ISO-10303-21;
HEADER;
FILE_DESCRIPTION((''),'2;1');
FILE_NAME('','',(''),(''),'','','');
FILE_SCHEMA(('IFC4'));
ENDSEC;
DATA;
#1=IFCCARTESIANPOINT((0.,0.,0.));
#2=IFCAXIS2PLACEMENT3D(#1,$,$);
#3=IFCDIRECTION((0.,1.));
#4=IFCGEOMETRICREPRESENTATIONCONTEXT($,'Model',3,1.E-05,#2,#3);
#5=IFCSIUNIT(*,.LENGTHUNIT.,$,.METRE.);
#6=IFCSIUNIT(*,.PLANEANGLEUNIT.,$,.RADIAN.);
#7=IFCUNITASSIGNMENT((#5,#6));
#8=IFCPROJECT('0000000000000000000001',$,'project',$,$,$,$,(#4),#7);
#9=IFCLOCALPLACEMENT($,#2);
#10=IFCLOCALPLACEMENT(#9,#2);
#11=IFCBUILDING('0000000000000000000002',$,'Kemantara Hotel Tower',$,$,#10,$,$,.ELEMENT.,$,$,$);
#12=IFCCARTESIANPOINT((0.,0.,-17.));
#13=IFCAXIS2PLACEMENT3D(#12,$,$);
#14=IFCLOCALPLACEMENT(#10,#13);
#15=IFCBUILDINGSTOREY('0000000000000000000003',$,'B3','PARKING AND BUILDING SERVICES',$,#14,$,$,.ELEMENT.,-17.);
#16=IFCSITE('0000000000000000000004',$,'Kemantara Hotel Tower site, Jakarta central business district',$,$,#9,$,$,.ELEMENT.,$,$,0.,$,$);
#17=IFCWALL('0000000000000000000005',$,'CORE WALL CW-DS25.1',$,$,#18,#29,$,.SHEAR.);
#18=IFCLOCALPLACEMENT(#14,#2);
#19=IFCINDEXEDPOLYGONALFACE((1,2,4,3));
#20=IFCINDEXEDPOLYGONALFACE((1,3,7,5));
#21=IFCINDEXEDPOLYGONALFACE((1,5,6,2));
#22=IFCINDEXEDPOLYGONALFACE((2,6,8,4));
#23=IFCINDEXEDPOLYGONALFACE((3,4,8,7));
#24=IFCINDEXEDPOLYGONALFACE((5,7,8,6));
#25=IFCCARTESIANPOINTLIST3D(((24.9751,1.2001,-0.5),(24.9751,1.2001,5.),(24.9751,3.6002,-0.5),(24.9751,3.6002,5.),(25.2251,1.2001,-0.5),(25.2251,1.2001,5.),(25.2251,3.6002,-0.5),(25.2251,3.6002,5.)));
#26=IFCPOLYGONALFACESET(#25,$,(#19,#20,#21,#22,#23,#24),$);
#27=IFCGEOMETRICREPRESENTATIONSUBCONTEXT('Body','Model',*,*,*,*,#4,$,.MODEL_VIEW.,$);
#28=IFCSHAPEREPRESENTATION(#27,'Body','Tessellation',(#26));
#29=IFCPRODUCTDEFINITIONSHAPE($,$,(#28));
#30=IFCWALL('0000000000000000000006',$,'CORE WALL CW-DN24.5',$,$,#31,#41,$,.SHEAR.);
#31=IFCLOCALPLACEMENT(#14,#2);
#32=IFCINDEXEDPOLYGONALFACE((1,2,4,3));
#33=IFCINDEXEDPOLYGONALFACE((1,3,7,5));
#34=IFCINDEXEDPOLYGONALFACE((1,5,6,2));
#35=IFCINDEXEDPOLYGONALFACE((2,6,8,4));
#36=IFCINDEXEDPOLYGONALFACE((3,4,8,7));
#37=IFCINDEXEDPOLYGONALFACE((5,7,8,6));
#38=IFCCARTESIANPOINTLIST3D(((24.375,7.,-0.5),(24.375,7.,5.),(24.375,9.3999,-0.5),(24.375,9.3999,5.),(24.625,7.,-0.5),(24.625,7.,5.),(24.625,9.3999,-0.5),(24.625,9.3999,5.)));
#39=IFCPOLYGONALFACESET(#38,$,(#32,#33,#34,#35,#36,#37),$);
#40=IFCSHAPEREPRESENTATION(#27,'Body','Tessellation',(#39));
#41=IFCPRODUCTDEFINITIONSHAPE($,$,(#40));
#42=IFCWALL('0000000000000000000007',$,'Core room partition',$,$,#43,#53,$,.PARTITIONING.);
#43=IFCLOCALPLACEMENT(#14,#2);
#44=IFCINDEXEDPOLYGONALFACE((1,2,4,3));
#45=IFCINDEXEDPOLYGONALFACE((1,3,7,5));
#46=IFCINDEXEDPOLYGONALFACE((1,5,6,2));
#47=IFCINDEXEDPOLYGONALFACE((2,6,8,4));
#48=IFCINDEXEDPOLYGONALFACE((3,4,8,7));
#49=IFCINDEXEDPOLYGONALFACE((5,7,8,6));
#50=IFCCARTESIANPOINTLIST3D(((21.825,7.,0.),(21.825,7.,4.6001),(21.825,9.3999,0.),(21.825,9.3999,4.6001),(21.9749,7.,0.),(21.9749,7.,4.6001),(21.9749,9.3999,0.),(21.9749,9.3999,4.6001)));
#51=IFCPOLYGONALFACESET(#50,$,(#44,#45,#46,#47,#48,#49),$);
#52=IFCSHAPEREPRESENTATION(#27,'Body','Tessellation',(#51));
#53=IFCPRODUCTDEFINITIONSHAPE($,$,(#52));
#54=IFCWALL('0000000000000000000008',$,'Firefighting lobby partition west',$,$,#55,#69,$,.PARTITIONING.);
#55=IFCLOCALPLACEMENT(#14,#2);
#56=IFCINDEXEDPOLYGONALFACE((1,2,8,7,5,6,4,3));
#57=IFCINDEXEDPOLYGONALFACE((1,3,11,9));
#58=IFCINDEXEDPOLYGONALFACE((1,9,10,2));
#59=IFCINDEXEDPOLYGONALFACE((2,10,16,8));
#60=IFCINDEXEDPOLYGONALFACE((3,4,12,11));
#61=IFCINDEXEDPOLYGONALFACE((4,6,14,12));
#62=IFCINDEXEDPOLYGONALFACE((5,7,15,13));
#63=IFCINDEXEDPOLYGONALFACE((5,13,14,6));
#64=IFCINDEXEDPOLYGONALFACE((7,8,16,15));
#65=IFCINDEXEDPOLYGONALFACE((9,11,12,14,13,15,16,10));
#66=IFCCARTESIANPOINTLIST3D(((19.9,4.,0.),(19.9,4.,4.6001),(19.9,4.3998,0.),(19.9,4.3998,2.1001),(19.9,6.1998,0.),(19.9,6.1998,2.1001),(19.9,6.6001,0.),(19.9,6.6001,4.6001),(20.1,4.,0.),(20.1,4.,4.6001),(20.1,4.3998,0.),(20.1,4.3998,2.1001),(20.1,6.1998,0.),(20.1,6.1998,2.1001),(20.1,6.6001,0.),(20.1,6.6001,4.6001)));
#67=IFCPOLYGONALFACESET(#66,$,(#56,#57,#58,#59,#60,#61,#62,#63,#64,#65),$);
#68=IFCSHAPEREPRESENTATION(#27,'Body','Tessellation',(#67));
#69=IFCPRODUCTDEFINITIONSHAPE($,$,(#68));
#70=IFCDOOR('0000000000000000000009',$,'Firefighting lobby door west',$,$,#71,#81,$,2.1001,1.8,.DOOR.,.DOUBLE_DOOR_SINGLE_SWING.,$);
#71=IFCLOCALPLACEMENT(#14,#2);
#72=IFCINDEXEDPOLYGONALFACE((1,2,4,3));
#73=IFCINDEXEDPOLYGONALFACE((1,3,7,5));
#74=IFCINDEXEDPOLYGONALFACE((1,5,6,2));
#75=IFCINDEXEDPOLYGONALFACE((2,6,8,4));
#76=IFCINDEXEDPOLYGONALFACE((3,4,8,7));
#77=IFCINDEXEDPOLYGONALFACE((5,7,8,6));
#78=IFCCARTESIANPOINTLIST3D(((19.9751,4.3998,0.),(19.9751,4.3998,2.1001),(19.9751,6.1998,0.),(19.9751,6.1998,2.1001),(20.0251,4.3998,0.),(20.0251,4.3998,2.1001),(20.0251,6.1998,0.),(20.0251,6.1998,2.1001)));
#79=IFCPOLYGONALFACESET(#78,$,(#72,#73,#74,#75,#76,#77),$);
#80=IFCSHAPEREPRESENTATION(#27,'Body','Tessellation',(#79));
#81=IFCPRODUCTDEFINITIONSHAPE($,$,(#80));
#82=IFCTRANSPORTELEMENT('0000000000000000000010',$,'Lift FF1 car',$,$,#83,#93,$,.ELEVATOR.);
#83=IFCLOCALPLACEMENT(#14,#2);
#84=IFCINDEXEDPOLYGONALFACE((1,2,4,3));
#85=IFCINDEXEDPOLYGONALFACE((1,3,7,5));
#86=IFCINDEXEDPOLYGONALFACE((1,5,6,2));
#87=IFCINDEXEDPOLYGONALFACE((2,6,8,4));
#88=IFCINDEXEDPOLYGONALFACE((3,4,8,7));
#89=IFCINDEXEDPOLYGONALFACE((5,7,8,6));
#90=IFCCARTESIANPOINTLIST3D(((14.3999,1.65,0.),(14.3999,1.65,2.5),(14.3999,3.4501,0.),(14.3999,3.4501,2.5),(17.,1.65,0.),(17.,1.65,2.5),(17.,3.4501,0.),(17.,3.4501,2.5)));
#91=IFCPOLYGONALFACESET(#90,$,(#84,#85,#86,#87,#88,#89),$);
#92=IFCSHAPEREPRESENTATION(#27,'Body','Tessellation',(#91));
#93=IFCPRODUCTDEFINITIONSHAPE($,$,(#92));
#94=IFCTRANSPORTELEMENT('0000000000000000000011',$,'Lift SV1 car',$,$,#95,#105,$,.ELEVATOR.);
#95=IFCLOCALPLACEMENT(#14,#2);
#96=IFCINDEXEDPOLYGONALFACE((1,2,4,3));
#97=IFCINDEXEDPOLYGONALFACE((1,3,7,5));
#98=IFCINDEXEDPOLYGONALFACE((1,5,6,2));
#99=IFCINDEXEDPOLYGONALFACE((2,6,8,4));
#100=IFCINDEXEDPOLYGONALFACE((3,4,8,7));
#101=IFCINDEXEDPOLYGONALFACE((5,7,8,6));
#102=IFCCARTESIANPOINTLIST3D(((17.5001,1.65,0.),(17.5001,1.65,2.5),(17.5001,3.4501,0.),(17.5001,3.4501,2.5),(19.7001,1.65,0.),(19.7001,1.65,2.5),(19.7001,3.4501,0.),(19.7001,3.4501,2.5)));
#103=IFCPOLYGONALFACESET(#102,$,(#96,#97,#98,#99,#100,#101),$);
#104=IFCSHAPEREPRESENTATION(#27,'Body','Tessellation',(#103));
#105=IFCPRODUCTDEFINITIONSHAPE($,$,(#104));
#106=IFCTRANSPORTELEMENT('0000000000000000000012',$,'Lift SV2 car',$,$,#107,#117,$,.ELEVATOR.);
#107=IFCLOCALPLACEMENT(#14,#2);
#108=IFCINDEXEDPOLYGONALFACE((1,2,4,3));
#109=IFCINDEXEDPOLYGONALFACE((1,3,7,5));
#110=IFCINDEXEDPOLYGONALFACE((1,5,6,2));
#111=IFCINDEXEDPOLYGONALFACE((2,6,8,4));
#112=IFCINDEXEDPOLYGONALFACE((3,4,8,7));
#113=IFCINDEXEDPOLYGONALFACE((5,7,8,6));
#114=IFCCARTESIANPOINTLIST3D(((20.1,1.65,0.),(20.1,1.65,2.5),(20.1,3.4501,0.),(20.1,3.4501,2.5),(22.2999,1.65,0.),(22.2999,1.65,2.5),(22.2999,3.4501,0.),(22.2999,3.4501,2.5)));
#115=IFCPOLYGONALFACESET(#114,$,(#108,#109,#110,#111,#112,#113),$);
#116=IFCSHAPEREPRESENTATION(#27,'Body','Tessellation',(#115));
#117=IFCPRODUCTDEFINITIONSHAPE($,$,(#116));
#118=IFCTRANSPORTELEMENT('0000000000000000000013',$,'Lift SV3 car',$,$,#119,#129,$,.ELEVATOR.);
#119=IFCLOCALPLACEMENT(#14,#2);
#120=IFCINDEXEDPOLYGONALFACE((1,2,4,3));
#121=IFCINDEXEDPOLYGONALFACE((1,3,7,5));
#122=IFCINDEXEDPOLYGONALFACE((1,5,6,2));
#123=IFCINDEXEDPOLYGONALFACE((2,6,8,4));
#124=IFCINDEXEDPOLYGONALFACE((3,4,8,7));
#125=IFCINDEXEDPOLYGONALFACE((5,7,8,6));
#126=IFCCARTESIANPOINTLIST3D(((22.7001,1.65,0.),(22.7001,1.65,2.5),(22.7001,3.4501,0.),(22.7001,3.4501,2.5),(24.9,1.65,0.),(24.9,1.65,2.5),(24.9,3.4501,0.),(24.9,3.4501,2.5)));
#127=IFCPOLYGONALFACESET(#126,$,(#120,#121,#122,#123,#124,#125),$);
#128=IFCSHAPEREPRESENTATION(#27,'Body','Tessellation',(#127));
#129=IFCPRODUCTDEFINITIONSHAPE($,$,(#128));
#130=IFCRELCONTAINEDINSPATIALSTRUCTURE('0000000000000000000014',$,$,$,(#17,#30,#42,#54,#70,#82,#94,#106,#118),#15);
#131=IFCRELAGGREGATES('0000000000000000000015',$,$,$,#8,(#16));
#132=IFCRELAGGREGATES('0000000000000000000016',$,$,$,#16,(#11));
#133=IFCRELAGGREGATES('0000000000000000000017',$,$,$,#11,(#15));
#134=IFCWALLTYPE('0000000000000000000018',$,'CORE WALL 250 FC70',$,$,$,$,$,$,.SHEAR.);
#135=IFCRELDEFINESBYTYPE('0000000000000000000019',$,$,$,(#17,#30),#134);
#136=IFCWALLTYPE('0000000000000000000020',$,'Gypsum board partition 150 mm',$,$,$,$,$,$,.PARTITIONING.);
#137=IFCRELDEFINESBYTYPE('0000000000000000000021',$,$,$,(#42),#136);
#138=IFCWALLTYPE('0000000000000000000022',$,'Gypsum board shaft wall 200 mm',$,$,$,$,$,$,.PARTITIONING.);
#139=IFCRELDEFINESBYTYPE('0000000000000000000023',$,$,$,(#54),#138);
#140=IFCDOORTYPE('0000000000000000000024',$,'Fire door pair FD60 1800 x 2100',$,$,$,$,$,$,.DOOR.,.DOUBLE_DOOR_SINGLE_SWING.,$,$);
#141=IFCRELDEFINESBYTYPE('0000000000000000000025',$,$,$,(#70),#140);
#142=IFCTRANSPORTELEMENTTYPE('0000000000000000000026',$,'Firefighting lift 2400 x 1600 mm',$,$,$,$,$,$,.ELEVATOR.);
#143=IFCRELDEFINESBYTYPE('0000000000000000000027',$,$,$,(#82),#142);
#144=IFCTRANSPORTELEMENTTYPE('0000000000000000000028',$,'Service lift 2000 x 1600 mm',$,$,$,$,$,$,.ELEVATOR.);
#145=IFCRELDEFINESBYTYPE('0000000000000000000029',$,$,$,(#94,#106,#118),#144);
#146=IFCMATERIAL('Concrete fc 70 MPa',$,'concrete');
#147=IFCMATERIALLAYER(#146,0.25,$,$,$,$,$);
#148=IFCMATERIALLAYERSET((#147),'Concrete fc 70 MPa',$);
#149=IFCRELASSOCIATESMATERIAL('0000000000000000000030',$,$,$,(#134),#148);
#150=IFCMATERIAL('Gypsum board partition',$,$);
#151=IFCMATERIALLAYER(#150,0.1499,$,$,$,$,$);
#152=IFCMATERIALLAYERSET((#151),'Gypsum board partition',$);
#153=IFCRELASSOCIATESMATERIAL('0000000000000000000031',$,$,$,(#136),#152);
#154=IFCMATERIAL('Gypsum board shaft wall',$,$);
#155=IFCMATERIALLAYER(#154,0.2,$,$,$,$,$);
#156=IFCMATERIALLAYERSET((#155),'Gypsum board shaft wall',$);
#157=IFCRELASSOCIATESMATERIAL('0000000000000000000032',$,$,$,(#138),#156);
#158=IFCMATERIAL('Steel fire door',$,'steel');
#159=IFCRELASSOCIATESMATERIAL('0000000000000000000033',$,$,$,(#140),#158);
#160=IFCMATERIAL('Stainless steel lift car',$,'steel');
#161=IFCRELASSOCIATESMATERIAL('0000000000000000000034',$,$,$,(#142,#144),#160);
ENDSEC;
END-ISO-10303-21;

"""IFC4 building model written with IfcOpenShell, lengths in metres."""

from ifc_helpers import new_model, si_unit, direction, frame, frame_2d, origin, origin_2d, place, context, subcontext, project, spatial, rectangle, extrude, material, layer, layer_set, type_object, element, fill, save


model = new_model("IFC4")

# Units and contexts
model_context = context("Model", 3, precision=1e-05, world=origin(), true_north=direction((0.0, 1.0)))
body_context = subcontext(model_context, "Body", "Model", "MODEL_VIEW")
ifc_project = project(units=[si_unit("LENGTHUNIT", "METRE"), si_unit("PLANEANGLEUNIT", "RADIAN")], contexts=[model_context])

# Site, building, storey
site_placement = place(None, origin())
site = spatial("IfcSite", under=ifc_project, at=site_placement, Name="Kemantara Hotel Tower site, Jakarta central business district", CompositionType="ELEMENT", RefElevation=0.0)
building_placement = place(site_placement, origin())
building = spatial("IfcBuilding", under=site, at=building_placement, Name="Kemantara Hotel Tower", CompositionType="ELEMENT")
storey_placement = place(building_placement, frame((0.0, 0.0, -17.0)))
storey = spatial("IfcBuildingStorey", under=building, at=storey_placement, Name="B3", Description="PARKING AND BUILDING SERVICES", CompositionType="ELEMENT", Elevation=-17.0)

# Walls
ifc_material_1 = material(Name="Concrete fc 70 MPa", Category="concrete")
ifc_layer_1 = layer(ifc_material_1, 0.25)
ifc_layer_set_1 = layer_set([ifc_layer_1], Name="Concrete fc 70 MPa")
wall_type_1 = type_object("IfcWallType", Name="CORE WALL 250 FC70", PredefinedType="SHEAR", material=ifc_layer_set_1)
for number, where, z_axis, x_axis, name in (
    (1, (25.1001, 1.2, -0.5), (0.0, 0.0, 1.0), (0.0, 1.0, 0.0), "CORE WALL CW-DS25.1"),
):
    element("IfcWall", number, at=place(storey_placement, frame(where, z_axis=z_axis, x_axis=x_axis)), inside=storey, type_object=wall_type_1, Name=name, PredefinedType="SHEAR", context=body_context, shape_type="SweptSolid", body=[
        extrude(rectangle(XDim=2.4001, YDim=0.25, at=frame_2d((1.2002, 0.0))), origin(), (0.0, 0.0, 1.0), 5.5),
    ])
wall_1_placement = place(storey_placement, frame((24.5, 7.0, -0.5), z_axis=(0.0, 0.0, 1.0), x_axis=(0.0, 1.0, 0.0)))
element("IfcWall", 2, at=wall_1_placement, inside=storey, type_object=wall_type_1, Name="CORE WALL CW-DN24.5", PredefinedType="SHEAR", context=body_context, shape_type="SweptSolid", body=[
    extrude(rectangle(XDim=2.3999, YDim=0.25, at=frame_2d((1.2, 0.0))), origin(), (0.0, 0.0, 1.0), 5.5),
])
ifc_material_2 = material(Name="Gypsum board partition")
ifc_layer_2 = layer(ifc_material_2, 0.1499)
ifc_layer_set_2 = layer_set([ifc_layer_2], Name="Gypsum board partition")
wall_type_2 = type_object("IfcWallType", Name="Gypsum board partition 150 mm", PredefinedType="PARTITIONING", material=ifc_layer_set_2)
wall_2_placement = place(storey_placement, frame((21.8999, 7.0, 0.0), z_axis=(0.0, 0.0, 1.0), x_axis=(0.0, 1.0, 0.0)))
element("IfcWall", 3, at=wall_2_placement, inside=storey, type_object=wall_type_2, Name="Core room partition", PredefinedType="PARTITIONING", context=body_context, shape_type="SweptSolid", body=[
    extrude(rectangle(XDim=2.3999, YDim=0.1499, at=frame_2d((1.2, 0.0))), origin(), (0.0, 0.0, 1.0), 4.6001),
])

# Wall, opening, door
ifc_material_3 = material(Name="Gypsum board shaft wall")
ifc_layer_3 = layer(ifc_material_3, 0.2)
ifc_layer_set_3 = layer_set([ifc_layer_3], Name="Gypsum board shaft wall")
wall_type_3 = type_object("IfcWallType", Name="Gypsum board shaft wall 200 mm", PredefinedType="PARTITIONING", material=ifc_layer_set_3)
wall_3_placement = place(storey_placement, frame((20.0, 4.0, 0.0), z_axis=(0.0, 0.0, 1.0), x_axis=(0.0, 1.0, 0.0)))
wall_3 = element("IfcWall", 4, at=wall_3_placement, inside=storey, type_object=wall_type_3, Name="Firefighting lobby partition west", PredefinedType="PARTITIONING", context=body_context, shape_type="SweptSolid", body=[
    extrude(rectangle(XDim=2.6001, YDim=0.2, at=frame_2d((1.3, 0.0))), origin(), (0.0, 0.0, 1.0), 4.6001),
])
opening_placement = place(wall_3_placement, frame((0.3999, 0.0, 0.0)))
opening = element("IfcOpeningElement", 5, at=opening_placement, cuts=wall_3, PredefinedType="OPENING", context=body_context, shape_type="SweptSolid", body=[
    extrude(rectangle(XDim=1.8, YDim=2.1001, at=frame_2d((0.8999, 1.05))), frame((0.0, 0.1099, 0.0), z_axis=(0.0, -1.0, 0.0), x_axis=(1.0, 0.0, 0.0)), (0.0, 0.0, 1.0), 0.22),
])
ifc_material_4 = material(Name="Steel fire door", Category="steel")
door_type = type_object("IfcDoorType", Name="Fire door pair FD60 1800 x 2100", OperationType="DOUBLE_DOOR_SINGLE_SWING", PredefinedType="DOOR", material=ifc_material_4)
door_placement = place(opening_placement, origin())
door = element("IfcDoor", 6, at=door_placement, inside=storey, type_object=door_type, Name="Firefighting lobby door west", OperationType="DOUBLE_DOOR_SINGLE_SWING", OverallHeight=2.1001, OverallWidth=1.8, PredefinedType="DOOR", context=body_context, shape_type="SweptSolid", body=[
    extrude(rectangle(XDim=1.8, YDim=2.1001, at=frame_2d((0.8999, 1.05))), frame((0.0, 0.0249, 0.0), z_axis=(0.0, -1.0, 0.0), x_axis=(1.0, 0.0, 0.0)), (0.0, 0.0, 1.0), 0.05),
])
fill(opening, door)

# Transport elements
ifc_material_5 = material(Name="Stainless steel lift car", Category="steel")
transport_element_type_1 = type_object("IfcTransportElementType", Name="Firefighting lift 2400 x 1600 mm", PredefinedType="ELEVATOR", material=ifc_material_5)
transport_element_placement = place(storey_placement, frame((15.7, 2.55, 0.0), z_axis=(0.0, 0.0, 1.0), x_axis=(1.0, 0.0, 0.0)))
element("IfcTransportElement", 7, at=transport_element_placement, inside=storey, type_object=transport_element_type_1, Name="Lift FF1 car", PredefinedType="ELEVATOR", context=body_context, shape_type="SweptSolid", body=[
    extrude(rectangle(XDim=2.6001, YDim=1.8, at=origin_2d()), origin(), (0.0, 0.0, 1.0), 2.5),
])
transport_element_type_2 = type_object("IfcTransportElementType", Name="Service lift 2000 x 1600 mm", PredefinedType="ELEVATOR", material=ifc_material_5)
for number, where, z_axis, x_axis, name in (
    (8, (18.6001, 2.55, 0.0), (0.0, 0.0, 1.0), (1.0, 0.0, 0.0), "Lift SV1 car"),
    (9, (21.2, 2.55, 0.0), (0.0, 0.0, 1.0), (1.0, 0.0, 0.0), "Lift SV2 car"),
    (10, (23.8, 2.55, 0.0), (0.0, 0.0, 1.0), (1.0, 0.0, 0.0), "Lift SV3 car"),
):
    element("IfcTransportElement", number, at=place(storey_placement, frame(where, z_axis=z_axis, x_axis=x_axis)), inside=storey, type_object=transport_element_type_2, Name=name, PredefinedType="ELEVATOR", context=body_context, shape_type="SweptSolid", body=[
        extrude(rectangle(XDim=2.2, YDim=1.8, at=origin_2d()), origin(), (0.0, 0.0, 1.0), 2.5),
    ])

save(model, "model.ifc")
